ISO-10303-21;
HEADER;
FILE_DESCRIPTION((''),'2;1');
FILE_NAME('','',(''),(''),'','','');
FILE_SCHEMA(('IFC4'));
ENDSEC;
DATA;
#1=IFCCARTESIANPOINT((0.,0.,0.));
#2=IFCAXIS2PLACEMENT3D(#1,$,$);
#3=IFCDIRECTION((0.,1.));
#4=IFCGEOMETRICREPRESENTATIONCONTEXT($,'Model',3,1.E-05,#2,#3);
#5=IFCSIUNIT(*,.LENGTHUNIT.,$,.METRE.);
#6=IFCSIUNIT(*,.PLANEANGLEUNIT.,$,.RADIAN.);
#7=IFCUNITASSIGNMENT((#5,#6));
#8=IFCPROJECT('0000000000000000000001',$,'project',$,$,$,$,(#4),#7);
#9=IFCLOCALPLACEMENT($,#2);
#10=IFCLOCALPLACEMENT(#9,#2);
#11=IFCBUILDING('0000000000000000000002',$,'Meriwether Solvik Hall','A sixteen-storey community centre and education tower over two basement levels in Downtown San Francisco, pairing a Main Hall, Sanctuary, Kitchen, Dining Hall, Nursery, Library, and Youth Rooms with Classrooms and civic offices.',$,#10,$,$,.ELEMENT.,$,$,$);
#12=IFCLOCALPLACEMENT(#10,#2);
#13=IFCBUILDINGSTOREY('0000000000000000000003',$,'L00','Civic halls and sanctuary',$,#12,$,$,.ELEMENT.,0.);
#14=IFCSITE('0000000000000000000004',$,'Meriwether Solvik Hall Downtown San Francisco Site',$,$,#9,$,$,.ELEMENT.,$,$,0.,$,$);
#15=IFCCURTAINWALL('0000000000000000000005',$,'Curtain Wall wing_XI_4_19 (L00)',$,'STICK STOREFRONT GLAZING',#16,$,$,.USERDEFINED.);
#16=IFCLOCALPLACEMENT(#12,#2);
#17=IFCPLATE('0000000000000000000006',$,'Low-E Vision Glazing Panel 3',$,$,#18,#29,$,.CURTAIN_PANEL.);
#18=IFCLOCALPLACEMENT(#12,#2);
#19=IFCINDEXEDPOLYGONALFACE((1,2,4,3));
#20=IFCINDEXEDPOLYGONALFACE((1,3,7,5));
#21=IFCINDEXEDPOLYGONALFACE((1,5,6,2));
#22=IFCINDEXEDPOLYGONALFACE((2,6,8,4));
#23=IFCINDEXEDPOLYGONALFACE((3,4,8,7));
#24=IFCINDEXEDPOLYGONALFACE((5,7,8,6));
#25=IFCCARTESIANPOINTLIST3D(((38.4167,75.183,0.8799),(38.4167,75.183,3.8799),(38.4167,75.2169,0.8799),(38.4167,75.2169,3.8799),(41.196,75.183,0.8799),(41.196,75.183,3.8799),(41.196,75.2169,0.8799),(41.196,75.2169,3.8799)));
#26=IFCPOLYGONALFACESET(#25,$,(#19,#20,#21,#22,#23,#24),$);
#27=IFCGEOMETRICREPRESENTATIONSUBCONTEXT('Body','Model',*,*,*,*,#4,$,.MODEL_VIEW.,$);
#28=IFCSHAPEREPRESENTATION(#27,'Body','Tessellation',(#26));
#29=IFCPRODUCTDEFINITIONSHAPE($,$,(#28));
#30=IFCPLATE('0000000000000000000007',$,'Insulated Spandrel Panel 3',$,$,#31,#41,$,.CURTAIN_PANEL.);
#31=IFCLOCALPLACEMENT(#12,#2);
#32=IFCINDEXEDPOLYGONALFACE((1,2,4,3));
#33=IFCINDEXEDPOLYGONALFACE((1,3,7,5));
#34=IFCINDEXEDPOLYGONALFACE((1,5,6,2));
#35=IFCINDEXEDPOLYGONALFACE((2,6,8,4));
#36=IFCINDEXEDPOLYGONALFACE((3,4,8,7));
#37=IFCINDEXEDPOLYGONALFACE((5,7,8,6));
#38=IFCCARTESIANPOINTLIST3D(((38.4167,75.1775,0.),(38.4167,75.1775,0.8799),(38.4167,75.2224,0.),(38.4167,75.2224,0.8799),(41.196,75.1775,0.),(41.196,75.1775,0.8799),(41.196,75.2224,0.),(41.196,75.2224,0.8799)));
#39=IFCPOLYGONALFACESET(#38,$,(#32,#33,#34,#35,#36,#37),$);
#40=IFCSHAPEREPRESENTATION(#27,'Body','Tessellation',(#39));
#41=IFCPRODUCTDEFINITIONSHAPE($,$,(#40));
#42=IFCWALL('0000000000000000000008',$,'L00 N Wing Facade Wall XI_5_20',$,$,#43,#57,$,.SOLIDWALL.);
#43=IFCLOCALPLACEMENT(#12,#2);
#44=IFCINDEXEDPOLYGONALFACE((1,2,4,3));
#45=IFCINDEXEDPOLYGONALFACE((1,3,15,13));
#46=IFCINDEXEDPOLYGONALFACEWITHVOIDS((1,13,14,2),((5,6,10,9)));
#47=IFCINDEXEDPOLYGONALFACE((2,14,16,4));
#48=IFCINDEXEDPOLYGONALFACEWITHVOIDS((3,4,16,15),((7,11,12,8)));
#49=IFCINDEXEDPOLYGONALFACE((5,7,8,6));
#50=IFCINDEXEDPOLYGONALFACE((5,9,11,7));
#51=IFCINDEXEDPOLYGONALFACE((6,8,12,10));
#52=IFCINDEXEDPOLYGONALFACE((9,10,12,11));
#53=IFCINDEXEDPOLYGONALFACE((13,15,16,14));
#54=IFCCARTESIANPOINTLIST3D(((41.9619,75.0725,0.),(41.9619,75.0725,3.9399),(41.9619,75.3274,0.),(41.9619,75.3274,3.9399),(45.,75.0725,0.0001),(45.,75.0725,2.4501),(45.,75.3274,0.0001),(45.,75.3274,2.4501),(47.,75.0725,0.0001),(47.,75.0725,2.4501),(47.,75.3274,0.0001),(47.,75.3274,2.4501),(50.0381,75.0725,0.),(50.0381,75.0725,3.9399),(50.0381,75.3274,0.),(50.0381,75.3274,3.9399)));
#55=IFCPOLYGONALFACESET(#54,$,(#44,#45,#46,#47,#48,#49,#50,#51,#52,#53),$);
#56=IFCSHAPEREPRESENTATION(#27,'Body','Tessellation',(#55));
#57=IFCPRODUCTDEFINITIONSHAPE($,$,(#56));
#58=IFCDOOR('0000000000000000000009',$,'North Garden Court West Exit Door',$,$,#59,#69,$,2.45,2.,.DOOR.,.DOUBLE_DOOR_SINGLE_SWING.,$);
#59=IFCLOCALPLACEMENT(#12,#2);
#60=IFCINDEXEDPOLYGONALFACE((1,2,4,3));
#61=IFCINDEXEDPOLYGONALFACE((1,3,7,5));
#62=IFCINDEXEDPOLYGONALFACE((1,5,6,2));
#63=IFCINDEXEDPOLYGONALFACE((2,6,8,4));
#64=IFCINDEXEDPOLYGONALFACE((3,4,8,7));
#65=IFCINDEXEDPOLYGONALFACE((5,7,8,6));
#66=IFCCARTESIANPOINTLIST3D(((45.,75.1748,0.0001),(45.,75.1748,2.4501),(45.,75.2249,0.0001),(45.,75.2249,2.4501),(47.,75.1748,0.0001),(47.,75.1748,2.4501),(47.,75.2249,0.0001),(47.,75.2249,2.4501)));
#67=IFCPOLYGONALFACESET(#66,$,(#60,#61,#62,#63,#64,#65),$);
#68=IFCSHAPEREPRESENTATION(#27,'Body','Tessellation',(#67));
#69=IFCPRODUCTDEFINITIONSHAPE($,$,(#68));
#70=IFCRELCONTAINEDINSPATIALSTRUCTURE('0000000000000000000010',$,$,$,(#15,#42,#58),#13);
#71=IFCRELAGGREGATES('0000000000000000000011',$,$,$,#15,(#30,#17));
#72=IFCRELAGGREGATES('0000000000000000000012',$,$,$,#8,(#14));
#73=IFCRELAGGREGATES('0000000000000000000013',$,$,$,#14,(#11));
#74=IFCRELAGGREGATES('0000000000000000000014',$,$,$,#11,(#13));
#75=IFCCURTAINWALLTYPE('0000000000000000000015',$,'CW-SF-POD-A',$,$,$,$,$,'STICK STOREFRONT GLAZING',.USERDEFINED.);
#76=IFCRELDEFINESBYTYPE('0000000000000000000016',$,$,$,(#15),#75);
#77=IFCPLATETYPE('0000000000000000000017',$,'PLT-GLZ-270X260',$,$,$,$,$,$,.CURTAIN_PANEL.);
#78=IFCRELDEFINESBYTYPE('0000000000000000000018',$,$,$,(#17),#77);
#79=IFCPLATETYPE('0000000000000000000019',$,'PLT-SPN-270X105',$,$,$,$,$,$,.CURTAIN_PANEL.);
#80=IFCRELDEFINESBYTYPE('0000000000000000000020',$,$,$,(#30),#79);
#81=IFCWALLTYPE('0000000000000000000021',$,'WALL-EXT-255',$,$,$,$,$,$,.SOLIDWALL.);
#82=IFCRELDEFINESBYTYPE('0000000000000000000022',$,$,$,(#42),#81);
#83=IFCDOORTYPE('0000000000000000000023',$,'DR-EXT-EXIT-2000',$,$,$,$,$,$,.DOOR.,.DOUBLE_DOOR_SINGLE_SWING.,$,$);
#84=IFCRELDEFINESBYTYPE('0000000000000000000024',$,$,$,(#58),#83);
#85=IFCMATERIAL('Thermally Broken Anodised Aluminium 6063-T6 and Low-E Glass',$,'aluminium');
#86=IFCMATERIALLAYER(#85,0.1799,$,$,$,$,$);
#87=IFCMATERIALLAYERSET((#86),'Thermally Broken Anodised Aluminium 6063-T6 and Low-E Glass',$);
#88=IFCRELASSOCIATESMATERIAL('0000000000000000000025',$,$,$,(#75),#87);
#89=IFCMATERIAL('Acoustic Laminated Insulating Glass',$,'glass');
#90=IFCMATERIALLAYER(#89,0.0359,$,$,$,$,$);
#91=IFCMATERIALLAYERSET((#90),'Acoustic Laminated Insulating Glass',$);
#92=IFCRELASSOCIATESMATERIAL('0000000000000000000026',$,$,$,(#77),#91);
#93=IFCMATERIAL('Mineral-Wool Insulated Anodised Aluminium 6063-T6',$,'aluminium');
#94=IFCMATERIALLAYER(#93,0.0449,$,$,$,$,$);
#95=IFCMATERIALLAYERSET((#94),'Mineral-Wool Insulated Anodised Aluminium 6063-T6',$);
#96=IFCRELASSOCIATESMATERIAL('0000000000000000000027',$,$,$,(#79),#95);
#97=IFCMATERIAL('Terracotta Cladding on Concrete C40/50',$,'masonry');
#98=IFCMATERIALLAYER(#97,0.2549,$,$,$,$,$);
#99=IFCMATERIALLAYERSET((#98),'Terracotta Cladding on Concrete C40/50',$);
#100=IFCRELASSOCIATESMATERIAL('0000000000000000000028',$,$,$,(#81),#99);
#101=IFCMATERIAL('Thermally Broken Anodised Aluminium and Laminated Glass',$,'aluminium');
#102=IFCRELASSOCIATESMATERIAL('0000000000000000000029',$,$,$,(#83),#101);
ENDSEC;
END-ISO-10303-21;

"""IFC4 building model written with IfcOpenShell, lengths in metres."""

from ifc_helpers import new_model, si_unit, direction, frame, frame_2d, origin, origin_2d, place, context, subcontext, project, spatial, rectangle, extrude, material, layer, layer_set, type_object, element, fill, aggregate, save


model = new_model("IFC4")

# Units and contexts
model_context = context("Model", 3, precision=1e-05, world=origin(), true_north=direction((0.0, 1.0)))
body_context = subcontext(model_context, "Body", "Model", "MODEL_VIEW")
ifc_project = project(units=[si_unit("LENGTHUNIT", "METRE"), si_unit("PLANEANGLEUNIT", "RADIAN")], contexts=[model_context])

# Site, building, storey
site_placement = place(None, origin())
site = spatial("IfcSite", under=ifc_project, at=site_placement, Name="Meriwether Solvik Hall Downtown San Francisco Site", CompositionType="ELEMENT", RefElevation=0.0)
building_placement = place(site_placement, origin())
building = spatial("IfcBuilding", under=site, at=building_placement, Name="Meriwether Solvik Hall", Description="A sixteen-storey community centre and education tower over two basement levels in Downtown San Francisco, pairing a Main Hall, Sanctuary, Kitchen, Dining Hall, Nursery, Library, and Youth Rooms with Classrooms and civic offices.", CompositionType="ELEMENT")
storey_placement = place(building_placement, origin())
storey = spatial("IfcBuildingStorey", under=building, at=storey_placement, Name="L00", Description="Civic halls and sanctuary", CompositionType="ELEMENT", Elevation=0.0)

# Curtain wall, plates
ifc_material_1 = material(Name="Thermally Broken Anodised Aluminium 6063-T6 and Low-E Glass", Category="aluminium")
ifc_layer_1 = layer(ifc_material_1, 0.1799)
ifc_layer_set_1 = layer_set([ifc_layer_1], Name="Thermally Broken Anodised Aluminium 6063-T6 and Low-E Glass")
curtain_wall_type = type_object("IfcCurtainWallType", Name="CW-SF-POD-A", ElementType="STICK STOREFRONT GLAZING", PredefinedType="USERDEFINED", material=ifc_layer_set_1)
curtain_wall_placement = place(storey_placement, origin())
curtain_wall = element("IfcCurtainWall", 1, at=curtain_wall_placement, inside=storey, type_object=curtain_wall_type, Name="Curtain Wall wing_XI_4_19 (L00)", ObjectType="STICK STOREFRONT GLAZING", PredefinedType="USERDEFINED")
ifc_material_2 = material(Name="Acoustic Laminated Insulating Glass", Category="glass")
ifc_layer_2 = layer(ifc_material_2, 0.0359)
ifc_layer_set_2 = layer_set([ifc_layer_2], Name="Acoustic Laminated Insulating Glass")
plate_type_1 = type_object("IfcPlateType", Name="PLT-GLZ-270X260", PredefinedType="CURTAIN_PANEL", material=ifc_layer_set_2)
plate_1_placement = place(storey_placement, frame((39.8064, 75.2, 0.8799), z_axis=(0.0, 0.0, 1.0), x_axis=(1.0, 0.0, 0.0)))
plate_1 = element("IfcPlate", 2, at=plate_1_placement, type_object=plate_type_1, Name="Low-E Vision Glazing Panel 3", PredefinedType="CURTAIN_PANEL", context=body_context, shape_type="SweptSolid", body=[
    extrude(rectangle(XDim=2.7793, YDim=0.0339, at=origin_2d()), origin(), (0.0, 0.0, 1.0), 3.0),
])
ifc_material_3 = material(Name="Mineral-Wool Insulated Anodised Aluminium 6063-T6", Category="aluminium")
ifc_layer_3 = layer(ifc_material_3, 0.0449)
ifc_layer_set_3 = layer_set([ifc_layer_3], Name="Mineral-Wool Insulated Anodised Aluminium 6063-T6")
plate_type_2 = type_object("IfcPlateType", Name="PLT-SPN-270X105", PredefinedType="CURTAIN_PANEL", material=ifc_layer_set_3)
plate_2_placement = place(storey_placement, frame((39.8064, 75.2, 0.0), z_axis=(0.0, 0.0, 1.0), x_axis=(1.0, 0.0, 0.0)))
plate_2 = element("IfcPlate", 3, at=plate_2_placement, type_object=plate_type_2, Name="Insulated Spandrel Panel 3", PredefinedType="CURTAIN_PANEL", context=body_context, shape_type="SweptSolid", body=[
    extrude(rectangle(XDim=2.7793, YDim=0.0449, at=origin_2d()), origin(), (0.0, 0.0, 1.0), 0.8799),
])
aggregate(curtain_wall, [plate_2, plate_1])

# Wall, opening, door
ifc_material_4 = material(Name="Terracotta Cladding on Concrete C40/50", Category="masonry")
ifc_layer_4 = layer(ifc_material_4, 0.2549)
ifc_layer_set_4 = layer_set([ifc_layer_4], Name="Terracotta Cladding on Concrete C40/50")
wall_type = type_object("IfcWallType", Name="WALL-EXT-255", PredefinedType="SOLIDWALL", material=ifc_layer_set_4)
wall_placement = place(storey_placement, frame((41.9619, 75.2, 0.0), z_axis=(0.0, 0.0, 1.0), x_axis=(1.0, 0.0, 0.0)))
wall = element("IfcWall", 4, at=wall_placement, inside=storey, type_object=wall_type, Name="L00 N Wing Facade Wall XI_5_20", PredefinedType="SOLIDWALL", context=body_context, shape_type="SweptSolid", body=[
    extrude(rectangle(XDim=8.0762, YDim=0.2549, at=frame_2d((4.0381, 0.0))), origin(), (0.0, 0.0, 1.0), 3.9399),
])
opening_placement = place(wall_placement, frame((3.0381, 0.0, 0.0)))
opening = element("IfcOpeningElement", 5, at=opening_placement, cuts=wall, PredefinedType="OPENING", context=body_context, shape_type="SweptSolid", body=[
    extrude(rectangle(XDim=2.0, YDim=2.45, at=frame_2d((1.0, 1.2251))), frame((0.0, 0.1394, 0.0), z_axis=(0.0, -1.0, 0.0), x_axis=(1.0, 0.0, 0.0)), (0.0, 0.0, 1.0), 0.2788),
])
ifc_material_5 = material(Name="Thermally Broken Anodised Aluminium and Laminated Glass", Category="aluminium")
door_type = type_object("IfcDoorType", Name="DR-EXT-EXIT-2000", OperationType="DOUBLE_DOOR_SINGLE_SWING", PredefinedType="DOOR", material=ifc_material_5)
door_placement = place(opening_placement, origin())
door = element("IfcDoor", 6, at=door_placement, inside=storey, type_object=door_type, Name="North Garden Court West Exit Door", OperationType="DOUBLE_DOOR_SINGLE_SWING", OverallHeight=2.45, OverallWidth=2.0, PredefinedType="DOOR", context=body_context, shape_type="SweptSolid", body=[
    extrude(rectangle(XDim=2.0, YDim=2.45, at=frame_2d((1.0, 1.2251))), frame((0.0, 0.0249, 0.0), z_axis=(0.0, -1.0, 0.0), x_axis=(1.0, 0.0, 0.0)), (0.0, 0.0, 1.0), 0.05),
])
fill(opening, door)

save(model, "model.ifc")
